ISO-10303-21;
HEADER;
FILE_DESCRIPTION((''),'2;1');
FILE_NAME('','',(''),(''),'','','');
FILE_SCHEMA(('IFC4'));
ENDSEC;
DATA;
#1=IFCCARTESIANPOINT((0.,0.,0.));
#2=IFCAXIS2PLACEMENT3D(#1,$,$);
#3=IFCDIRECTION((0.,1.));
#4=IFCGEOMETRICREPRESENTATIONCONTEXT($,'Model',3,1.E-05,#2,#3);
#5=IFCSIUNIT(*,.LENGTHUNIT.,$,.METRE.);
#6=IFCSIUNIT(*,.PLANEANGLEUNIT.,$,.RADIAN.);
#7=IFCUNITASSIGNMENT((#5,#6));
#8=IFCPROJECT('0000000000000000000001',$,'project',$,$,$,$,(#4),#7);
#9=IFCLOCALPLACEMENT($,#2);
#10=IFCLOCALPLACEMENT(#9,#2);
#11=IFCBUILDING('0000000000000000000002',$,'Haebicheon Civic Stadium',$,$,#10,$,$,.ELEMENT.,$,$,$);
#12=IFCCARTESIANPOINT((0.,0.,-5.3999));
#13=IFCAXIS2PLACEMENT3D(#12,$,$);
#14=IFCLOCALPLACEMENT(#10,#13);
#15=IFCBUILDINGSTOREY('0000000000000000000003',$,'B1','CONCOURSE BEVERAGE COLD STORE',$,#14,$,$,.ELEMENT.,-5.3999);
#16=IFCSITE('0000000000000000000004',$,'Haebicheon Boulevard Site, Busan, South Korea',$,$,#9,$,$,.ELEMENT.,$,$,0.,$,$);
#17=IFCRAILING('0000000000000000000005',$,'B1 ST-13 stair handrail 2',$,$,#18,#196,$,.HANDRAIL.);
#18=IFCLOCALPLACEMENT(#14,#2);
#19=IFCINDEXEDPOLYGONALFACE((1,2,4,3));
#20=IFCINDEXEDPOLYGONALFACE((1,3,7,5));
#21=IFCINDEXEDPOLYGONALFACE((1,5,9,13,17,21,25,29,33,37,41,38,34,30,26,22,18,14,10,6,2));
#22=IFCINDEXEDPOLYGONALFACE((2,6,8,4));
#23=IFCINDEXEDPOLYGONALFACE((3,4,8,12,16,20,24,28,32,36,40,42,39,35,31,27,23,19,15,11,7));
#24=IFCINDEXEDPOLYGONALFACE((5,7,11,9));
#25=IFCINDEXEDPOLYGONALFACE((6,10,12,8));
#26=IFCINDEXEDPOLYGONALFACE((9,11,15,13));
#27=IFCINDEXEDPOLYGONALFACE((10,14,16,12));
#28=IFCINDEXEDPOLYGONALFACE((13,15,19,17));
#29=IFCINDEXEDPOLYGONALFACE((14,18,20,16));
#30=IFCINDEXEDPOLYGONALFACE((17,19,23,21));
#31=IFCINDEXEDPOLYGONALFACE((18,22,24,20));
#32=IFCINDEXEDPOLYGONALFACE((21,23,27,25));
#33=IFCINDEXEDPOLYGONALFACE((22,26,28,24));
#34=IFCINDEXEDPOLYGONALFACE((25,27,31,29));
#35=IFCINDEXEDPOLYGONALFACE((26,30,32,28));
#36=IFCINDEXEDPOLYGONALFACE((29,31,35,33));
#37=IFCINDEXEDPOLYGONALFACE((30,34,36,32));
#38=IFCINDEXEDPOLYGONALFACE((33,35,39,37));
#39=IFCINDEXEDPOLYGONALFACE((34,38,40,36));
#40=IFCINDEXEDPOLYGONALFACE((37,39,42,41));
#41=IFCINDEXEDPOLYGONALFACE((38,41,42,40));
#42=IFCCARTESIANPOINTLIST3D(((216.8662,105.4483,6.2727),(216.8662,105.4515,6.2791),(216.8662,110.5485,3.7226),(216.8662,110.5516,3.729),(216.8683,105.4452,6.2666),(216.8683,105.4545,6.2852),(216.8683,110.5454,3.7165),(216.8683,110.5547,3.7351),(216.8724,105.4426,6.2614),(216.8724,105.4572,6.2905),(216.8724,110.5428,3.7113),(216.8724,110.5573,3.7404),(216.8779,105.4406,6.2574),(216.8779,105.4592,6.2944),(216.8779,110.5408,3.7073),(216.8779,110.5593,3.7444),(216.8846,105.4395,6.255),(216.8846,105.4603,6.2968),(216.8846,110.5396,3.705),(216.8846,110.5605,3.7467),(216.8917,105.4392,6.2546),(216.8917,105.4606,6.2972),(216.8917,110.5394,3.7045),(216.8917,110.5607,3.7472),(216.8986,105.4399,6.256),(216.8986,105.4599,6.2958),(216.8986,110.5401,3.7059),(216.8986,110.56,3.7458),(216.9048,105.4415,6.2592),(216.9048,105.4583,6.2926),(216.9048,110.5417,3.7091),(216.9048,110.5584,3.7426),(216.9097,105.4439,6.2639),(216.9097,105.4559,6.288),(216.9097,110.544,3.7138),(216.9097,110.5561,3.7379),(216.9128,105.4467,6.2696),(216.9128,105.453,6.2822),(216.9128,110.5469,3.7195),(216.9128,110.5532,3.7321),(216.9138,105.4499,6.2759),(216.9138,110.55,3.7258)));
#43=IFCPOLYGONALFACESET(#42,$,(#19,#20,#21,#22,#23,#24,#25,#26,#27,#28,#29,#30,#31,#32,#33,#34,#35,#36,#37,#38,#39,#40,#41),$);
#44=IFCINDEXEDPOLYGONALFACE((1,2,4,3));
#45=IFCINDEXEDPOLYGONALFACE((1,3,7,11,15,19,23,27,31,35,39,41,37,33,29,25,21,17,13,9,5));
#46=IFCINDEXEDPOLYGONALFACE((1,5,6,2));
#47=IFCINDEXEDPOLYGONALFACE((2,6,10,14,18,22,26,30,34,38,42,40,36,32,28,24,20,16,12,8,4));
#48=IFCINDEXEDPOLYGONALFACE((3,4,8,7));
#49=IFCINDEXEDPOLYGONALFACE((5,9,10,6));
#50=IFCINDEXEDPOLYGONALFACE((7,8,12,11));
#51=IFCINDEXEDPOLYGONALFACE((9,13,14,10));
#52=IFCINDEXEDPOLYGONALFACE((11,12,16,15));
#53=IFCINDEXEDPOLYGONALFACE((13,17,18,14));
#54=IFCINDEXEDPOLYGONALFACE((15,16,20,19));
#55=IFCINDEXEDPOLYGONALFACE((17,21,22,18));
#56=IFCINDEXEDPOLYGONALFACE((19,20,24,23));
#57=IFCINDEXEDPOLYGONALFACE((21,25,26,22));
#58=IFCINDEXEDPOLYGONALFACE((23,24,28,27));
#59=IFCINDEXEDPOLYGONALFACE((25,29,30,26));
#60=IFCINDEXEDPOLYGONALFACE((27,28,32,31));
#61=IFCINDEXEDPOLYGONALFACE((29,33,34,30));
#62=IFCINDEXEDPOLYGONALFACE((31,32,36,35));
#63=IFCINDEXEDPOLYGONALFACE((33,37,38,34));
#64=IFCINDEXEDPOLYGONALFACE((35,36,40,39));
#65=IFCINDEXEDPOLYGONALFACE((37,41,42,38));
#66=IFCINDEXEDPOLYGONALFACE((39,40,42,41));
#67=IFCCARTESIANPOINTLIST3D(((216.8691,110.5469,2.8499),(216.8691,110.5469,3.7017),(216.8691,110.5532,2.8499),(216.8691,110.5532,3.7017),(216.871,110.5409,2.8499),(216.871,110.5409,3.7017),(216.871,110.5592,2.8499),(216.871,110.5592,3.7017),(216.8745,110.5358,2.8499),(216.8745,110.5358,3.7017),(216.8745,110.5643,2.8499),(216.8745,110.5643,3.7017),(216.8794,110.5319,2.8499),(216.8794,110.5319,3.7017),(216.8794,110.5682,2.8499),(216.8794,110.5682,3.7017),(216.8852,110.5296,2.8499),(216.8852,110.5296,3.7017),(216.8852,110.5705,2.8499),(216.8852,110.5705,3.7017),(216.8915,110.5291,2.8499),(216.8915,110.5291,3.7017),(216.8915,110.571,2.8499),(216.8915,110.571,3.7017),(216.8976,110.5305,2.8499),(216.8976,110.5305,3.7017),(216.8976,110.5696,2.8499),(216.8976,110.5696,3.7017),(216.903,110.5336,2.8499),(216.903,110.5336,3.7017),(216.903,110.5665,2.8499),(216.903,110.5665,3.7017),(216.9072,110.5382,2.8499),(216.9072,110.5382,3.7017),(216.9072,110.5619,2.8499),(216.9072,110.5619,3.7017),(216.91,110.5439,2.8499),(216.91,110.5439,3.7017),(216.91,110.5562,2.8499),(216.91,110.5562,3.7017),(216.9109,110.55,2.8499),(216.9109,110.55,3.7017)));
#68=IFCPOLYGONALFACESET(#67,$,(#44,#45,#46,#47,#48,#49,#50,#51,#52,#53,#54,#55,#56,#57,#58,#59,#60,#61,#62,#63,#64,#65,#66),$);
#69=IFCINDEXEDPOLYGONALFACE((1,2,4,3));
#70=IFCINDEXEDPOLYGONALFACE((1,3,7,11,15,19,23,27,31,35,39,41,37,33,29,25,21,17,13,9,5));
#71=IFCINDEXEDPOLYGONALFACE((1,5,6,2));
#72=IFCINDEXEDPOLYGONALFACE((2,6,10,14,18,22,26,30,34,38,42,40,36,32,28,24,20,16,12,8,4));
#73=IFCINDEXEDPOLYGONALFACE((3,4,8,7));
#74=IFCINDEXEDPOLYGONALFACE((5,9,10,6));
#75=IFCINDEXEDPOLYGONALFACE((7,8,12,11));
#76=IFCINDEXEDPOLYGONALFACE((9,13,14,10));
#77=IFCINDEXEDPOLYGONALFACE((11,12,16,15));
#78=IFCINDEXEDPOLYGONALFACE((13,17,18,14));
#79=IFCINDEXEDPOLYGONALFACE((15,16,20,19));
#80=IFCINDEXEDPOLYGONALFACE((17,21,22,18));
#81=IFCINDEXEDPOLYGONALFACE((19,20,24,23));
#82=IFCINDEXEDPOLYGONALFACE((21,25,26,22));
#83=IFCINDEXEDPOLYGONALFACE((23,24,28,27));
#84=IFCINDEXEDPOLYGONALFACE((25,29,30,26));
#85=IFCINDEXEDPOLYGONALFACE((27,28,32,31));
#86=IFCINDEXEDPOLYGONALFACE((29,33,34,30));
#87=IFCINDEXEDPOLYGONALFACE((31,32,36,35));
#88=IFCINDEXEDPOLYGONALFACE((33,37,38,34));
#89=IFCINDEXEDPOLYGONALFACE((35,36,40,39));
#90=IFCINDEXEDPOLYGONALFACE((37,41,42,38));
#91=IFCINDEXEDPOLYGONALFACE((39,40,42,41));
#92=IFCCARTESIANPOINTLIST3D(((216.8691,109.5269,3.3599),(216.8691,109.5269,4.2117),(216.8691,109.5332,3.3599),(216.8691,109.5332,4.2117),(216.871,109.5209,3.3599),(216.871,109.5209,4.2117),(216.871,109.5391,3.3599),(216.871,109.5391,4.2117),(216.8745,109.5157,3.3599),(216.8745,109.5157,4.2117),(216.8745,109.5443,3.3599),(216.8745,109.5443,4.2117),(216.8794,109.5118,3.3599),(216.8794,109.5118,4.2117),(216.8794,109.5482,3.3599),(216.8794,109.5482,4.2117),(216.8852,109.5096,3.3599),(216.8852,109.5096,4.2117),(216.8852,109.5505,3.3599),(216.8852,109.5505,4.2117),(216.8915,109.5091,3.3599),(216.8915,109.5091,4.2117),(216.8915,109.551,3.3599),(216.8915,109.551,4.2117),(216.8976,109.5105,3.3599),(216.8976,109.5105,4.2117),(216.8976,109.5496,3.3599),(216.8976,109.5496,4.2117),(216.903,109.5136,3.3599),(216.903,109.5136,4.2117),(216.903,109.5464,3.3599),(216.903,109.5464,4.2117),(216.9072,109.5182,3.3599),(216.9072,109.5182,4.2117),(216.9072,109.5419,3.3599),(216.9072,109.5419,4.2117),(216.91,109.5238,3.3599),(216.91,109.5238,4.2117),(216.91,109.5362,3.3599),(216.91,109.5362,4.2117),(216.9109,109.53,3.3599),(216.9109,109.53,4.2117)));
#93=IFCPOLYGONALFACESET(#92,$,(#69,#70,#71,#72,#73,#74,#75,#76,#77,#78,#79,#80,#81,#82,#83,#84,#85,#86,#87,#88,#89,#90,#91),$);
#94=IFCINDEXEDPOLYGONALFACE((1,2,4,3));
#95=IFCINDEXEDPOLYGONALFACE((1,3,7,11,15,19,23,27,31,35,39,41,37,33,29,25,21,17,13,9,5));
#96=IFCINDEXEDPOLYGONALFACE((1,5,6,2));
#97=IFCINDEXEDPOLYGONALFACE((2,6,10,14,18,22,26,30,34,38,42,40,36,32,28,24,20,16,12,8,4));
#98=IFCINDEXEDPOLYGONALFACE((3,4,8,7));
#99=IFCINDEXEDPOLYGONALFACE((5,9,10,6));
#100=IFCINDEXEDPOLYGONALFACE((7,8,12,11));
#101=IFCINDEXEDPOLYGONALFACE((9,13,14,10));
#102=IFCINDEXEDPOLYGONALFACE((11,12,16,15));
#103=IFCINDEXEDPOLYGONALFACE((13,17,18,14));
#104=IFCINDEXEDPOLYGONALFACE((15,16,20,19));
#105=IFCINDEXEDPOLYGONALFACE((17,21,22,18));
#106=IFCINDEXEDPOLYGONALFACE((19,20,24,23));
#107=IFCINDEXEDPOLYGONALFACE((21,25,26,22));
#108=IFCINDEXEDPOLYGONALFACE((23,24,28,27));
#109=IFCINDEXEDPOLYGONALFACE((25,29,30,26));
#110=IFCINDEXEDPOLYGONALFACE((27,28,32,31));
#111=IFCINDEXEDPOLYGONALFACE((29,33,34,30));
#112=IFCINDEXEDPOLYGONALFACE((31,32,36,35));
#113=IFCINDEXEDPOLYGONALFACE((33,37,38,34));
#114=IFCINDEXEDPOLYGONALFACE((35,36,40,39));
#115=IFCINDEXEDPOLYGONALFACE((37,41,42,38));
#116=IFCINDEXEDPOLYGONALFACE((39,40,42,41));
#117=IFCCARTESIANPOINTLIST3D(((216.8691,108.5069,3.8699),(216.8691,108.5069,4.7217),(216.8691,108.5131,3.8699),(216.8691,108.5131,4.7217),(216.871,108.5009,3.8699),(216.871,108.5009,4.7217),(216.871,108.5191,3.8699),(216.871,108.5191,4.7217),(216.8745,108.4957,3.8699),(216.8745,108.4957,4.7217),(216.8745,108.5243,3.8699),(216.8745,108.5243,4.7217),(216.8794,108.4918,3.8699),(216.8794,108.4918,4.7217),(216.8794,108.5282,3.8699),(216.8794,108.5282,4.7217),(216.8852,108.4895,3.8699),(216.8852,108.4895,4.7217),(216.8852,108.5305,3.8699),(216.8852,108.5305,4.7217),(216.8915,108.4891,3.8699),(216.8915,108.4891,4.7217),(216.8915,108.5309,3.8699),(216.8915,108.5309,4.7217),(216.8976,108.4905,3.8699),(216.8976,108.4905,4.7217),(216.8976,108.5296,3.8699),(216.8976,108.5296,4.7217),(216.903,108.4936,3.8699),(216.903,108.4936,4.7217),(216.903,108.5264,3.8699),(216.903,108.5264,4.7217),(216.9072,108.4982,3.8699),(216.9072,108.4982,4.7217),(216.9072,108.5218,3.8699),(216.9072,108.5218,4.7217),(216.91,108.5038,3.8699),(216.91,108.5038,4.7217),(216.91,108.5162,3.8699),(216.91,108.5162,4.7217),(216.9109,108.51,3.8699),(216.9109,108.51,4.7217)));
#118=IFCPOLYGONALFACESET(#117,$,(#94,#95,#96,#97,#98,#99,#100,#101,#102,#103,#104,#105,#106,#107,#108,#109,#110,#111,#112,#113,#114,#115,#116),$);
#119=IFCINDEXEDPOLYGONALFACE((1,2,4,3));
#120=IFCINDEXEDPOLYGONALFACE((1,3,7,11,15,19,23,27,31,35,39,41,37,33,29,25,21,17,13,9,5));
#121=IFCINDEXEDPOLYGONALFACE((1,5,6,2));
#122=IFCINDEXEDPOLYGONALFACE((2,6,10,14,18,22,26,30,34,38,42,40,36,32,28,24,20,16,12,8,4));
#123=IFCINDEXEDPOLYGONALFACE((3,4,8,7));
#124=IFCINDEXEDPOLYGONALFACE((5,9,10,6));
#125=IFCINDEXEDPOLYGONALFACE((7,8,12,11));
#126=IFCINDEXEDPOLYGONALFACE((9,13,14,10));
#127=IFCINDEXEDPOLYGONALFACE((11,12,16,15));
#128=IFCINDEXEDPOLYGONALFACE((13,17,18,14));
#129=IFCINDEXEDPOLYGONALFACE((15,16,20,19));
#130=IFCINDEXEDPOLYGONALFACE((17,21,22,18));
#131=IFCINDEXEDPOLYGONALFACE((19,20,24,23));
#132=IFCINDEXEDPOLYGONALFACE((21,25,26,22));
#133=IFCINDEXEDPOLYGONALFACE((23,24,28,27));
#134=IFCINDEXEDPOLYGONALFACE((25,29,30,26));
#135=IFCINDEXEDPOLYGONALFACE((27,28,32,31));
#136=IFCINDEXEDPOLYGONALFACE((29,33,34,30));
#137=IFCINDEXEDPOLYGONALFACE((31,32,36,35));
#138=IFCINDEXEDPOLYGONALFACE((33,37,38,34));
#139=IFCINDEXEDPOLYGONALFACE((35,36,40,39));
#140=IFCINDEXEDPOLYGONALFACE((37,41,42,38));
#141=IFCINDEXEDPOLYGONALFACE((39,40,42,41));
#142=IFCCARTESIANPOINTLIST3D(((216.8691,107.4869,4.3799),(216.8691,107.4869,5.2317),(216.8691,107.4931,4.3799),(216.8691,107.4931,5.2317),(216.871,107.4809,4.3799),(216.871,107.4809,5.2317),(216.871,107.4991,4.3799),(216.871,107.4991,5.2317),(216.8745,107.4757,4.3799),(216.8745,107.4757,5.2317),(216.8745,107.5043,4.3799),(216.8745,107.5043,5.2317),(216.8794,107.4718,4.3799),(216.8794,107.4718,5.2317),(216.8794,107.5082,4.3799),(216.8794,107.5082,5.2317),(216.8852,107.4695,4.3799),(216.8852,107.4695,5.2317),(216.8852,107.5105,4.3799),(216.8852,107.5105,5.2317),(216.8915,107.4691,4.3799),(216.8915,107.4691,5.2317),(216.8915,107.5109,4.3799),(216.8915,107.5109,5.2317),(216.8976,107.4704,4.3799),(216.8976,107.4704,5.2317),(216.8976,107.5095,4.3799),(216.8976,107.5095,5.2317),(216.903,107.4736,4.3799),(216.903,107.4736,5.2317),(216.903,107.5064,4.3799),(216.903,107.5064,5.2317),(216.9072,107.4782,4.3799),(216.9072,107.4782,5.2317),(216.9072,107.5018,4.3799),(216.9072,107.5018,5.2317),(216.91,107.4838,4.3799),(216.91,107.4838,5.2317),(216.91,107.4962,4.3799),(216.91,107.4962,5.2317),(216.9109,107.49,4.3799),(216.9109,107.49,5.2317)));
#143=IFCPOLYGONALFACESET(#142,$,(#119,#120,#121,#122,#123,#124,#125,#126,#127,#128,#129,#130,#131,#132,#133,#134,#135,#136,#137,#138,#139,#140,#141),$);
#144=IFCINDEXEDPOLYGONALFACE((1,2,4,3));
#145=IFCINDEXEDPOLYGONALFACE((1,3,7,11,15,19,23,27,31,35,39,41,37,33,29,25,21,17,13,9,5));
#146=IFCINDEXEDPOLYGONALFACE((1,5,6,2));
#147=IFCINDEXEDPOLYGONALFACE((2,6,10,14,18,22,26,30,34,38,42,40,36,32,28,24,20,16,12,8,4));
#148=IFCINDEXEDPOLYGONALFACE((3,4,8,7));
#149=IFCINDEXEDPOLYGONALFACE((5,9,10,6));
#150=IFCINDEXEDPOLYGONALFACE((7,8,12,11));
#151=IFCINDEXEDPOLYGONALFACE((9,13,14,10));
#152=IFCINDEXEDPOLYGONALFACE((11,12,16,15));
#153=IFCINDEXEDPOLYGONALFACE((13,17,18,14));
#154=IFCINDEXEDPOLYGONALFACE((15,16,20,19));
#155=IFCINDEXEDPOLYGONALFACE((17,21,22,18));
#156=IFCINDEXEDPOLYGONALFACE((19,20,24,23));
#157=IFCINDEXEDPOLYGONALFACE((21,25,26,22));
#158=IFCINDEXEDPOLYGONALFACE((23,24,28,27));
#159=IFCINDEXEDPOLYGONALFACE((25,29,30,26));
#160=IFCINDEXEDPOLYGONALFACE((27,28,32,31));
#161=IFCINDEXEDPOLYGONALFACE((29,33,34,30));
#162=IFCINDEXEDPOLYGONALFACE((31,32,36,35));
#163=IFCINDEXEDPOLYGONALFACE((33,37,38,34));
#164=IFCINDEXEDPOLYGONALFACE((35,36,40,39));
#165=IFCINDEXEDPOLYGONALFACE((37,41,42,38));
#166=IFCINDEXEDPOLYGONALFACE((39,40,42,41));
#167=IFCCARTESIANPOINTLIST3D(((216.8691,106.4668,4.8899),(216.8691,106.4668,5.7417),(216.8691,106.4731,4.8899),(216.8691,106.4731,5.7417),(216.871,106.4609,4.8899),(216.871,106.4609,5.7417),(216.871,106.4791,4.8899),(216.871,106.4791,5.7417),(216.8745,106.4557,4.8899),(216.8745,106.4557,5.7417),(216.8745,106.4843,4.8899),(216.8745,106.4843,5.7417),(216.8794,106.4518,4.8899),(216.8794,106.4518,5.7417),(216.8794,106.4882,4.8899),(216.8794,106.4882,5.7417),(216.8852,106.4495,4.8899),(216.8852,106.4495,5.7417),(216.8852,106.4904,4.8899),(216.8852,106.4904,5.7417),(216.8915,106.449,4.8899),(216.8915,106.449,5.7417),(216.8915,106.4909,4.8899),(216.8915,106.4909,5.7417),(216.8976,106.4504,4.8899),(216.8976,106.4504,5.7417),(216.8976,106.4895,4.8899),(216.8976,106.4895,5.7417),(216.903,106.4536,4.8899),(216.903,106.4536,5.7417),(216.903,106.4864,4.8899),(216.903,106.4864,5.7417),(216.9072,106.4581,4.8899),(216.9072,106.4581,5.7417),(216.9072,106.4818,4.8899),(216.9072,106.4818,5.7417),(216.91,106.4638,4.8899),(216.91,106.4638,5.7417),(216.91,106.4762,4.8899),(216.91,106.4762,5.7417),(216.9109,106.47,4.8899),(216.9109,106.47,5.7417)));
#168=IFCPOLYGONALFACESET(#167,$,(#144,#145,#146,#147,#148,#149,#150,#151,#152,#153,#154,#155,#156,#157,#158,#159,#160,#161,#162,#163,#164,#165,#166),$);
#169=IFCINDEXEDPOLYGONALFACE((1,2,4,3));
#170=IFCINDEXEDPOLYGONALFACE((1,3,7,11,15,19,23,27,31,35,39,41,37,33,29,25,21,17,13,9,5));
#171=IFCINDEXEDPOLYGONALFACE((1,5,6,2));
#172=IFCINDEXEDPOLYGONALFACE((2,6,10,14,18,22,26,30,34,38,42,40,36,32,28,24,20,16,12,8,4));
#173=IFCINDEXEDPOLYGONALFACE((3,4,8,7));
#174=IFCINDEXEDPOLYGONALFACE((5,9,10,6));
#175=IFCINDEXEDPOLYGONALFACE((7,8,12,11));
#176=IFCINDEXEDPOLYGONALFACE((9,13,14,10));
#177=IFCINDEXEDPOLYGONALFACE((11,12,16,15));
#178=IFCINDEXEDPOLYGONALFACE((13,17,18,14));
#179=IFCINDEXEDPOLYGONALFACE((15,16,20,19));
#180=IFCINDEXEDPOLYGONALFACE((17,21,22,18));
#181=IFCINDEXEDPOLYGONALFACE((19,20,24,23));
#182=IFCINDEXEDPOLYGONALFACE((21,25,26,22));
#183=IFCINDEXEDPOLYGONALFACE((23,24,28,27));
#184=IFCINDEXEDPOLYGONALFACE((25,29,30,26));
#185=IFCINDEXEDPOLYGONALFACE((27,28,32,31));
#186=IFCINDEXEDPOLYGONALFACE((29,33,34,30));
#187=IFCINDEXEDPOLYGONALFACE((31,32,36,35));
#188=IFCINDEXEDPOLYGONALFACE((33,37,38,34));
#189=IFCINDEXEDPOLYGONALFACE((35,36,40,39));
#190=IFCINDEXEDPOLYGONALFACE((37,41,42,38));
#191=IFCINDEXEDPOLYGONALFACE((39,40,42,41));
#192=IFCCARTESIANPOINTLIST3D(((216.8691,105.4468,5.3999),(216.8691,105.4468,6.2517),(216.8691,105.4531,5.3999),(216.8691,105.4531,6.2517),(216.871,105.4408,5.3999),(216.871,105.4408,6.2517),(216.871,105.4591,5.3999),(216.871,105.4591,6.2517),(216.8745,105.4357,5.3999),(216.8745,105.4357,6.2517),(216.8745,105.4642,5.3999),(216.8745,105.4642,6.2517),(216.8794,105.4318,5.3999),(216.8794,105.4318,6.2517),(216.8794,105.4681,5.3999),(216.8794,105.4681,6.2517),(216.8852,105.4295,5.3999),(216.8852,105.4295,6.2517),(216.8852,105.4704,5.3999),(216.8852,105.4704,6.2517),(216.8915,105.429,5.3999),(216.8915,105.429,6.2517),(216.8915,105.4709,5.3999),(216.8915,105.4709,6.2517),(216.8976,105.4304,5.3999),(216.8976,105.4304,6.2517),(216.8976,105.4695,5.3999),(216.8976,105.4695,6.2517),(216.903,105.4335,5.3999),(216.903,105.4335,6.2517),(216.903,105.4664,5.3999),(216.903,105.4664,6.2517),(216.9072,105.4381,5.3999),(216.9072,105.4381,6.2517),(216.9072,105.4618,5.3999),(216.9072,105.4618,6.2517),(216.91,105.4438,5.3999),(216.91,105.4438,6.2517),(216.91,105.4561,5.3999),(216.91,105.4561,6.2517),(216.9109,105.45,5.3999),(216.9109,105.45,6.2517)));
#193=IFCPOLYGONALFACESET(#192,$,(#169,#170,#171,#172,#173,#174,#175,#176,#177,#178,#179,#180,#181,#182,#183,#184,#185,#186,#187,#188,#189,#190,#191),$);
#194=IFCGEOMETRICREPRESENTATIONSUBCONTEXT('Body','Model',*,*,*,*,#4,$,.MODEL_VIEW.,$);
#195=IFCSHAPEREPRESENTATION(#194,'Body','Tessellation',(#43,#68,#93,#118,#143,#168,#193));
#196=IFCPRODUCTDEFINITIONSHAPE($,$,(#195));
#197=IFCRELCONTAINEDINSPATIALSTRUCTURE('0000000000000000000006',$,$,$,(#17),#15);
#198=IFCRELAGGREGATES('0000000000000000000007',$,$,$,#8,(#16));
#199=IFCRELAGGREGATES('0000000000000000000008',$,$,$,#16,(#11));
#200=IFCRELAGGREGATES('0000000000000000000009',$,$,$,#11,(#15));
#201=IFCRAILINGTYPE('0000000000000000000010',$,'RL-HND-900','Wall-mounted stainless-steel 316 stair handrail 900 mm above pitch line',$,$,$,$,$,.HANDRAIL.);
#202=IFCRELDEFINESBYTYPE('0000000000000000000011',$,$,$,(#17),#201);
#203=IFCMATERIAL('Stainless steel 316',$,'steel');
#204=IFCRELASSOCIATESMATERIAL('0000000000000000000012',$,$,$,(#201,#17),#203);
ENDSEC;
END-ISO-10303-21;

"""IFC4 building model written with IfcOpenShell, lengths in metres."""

from ifc_helpers import new_model, si_unit, direction, frame, origin, origin_2d, place, context, subcontext, project, spatial, circle, extrude, material, type_object, element, save


model = new_model("IFC4")

# Units and contexts
model_context = context("Model", 3, precision=1e-05, world=origin(), true_north=direction((0.0, 1.0)))
body_context = subcontext(model_context, "Body", "Model", "MODEL_VIEW")
ifc_project = project(units=[si_unit("LENGTHUNIT", "METRE"), si_unit("PLANEANGLEUNIT", "RADIAN")], contexts=[model_context])

# Site, building, storey
site_placement = place(None, origin())
site = spatial("IfcSite", under=ifc_project, at=site_placement, Name="Haebicheon Boulevard Site, Busan, South Korea", CompositionType="ELEMENT", RefElevation=0.0)
building_placement = place(site_placement, origin())
building = spatial("IfcBuilding", under=site, at=building_placement, Name="Haebicheon Civic Stadium", CompositionType="ELEMENT")
storey_placement = place(building_placement, frame((0.0, 0.0, -5.3999)))
storey = spatial("IfcBuildingStorey", under=building, at=storey_placement, Name="B1", Description="CONCOURSE BEVERAGE COLD STORE", CompositionType="ELEMENT", Elevation=-5.3999)

# Railing
ifc_material_1 = material(Name="Stainless steel 316", Category="steel")
railing_type_1 = type_object("IfcRailingType", Name="RL-HND-900", Description="Wall-mounted stainless-steel 316 stair handrail 900 mm above pitch line", PredefinedType="HANDRAIL", material=ifc_material_1)
railing_1_placement = place(storey_placement, frame((216.8899, 110.55, 2.8499)))
element("IfcRailing", 1, at=railing_1_placement, inside=storey, type_object=railing_type_1, material=ifc_material_1, Name="B1 ST-13 stair handrail 2", PredefinedType="HANDRAIL", context=body_context, shape_type="SweptSolid", body=[
    extrude(circle(Radius=0.0239, at=origin_2d()), frame((0.0, 0.0, 0.876), z_axis=(0.0, -0.894427, 0.447214), x_axis=(1.0, 0.0, 0.0)), (0.0, 0.0, 1.0), 5.7021),
    extrude(circle(Radius=0.021, at=origin_2d()), origin(), (0.0, 0.0, 1.0), 0.8518),
    extrude(circle(Radius=0.021, at=origin_2d()), frame((0.0, -1.02, 0.51)), (0.0, 0.0, 1.0), 0.8518),
    extrude(circle(Radius=0.021, at=origin_2d()), frame((0.0, -2.04, 1.02)), (0.0, 0.0, 1.0), 0.8518),
    extrude(circle(Radius=0.021, at=origin_2d()), frame((0.0, -3.0601, 1.53)), (0.0, 0.0, 1.0), 0.8518),
    extrude(circle(Radius=0.021, at=origin_2d()), frame((0.0, -4.0801, 2.04)), (0.0, 0.0, 1.0), 0.8518),
    extrude(circle(Radius=0.021, at=origin_2d()), frame((0.0, -5.1001, 2.55)), (0.0, 0.0, 1.0), 0.8518),
])

save(model, "model.ifc")
